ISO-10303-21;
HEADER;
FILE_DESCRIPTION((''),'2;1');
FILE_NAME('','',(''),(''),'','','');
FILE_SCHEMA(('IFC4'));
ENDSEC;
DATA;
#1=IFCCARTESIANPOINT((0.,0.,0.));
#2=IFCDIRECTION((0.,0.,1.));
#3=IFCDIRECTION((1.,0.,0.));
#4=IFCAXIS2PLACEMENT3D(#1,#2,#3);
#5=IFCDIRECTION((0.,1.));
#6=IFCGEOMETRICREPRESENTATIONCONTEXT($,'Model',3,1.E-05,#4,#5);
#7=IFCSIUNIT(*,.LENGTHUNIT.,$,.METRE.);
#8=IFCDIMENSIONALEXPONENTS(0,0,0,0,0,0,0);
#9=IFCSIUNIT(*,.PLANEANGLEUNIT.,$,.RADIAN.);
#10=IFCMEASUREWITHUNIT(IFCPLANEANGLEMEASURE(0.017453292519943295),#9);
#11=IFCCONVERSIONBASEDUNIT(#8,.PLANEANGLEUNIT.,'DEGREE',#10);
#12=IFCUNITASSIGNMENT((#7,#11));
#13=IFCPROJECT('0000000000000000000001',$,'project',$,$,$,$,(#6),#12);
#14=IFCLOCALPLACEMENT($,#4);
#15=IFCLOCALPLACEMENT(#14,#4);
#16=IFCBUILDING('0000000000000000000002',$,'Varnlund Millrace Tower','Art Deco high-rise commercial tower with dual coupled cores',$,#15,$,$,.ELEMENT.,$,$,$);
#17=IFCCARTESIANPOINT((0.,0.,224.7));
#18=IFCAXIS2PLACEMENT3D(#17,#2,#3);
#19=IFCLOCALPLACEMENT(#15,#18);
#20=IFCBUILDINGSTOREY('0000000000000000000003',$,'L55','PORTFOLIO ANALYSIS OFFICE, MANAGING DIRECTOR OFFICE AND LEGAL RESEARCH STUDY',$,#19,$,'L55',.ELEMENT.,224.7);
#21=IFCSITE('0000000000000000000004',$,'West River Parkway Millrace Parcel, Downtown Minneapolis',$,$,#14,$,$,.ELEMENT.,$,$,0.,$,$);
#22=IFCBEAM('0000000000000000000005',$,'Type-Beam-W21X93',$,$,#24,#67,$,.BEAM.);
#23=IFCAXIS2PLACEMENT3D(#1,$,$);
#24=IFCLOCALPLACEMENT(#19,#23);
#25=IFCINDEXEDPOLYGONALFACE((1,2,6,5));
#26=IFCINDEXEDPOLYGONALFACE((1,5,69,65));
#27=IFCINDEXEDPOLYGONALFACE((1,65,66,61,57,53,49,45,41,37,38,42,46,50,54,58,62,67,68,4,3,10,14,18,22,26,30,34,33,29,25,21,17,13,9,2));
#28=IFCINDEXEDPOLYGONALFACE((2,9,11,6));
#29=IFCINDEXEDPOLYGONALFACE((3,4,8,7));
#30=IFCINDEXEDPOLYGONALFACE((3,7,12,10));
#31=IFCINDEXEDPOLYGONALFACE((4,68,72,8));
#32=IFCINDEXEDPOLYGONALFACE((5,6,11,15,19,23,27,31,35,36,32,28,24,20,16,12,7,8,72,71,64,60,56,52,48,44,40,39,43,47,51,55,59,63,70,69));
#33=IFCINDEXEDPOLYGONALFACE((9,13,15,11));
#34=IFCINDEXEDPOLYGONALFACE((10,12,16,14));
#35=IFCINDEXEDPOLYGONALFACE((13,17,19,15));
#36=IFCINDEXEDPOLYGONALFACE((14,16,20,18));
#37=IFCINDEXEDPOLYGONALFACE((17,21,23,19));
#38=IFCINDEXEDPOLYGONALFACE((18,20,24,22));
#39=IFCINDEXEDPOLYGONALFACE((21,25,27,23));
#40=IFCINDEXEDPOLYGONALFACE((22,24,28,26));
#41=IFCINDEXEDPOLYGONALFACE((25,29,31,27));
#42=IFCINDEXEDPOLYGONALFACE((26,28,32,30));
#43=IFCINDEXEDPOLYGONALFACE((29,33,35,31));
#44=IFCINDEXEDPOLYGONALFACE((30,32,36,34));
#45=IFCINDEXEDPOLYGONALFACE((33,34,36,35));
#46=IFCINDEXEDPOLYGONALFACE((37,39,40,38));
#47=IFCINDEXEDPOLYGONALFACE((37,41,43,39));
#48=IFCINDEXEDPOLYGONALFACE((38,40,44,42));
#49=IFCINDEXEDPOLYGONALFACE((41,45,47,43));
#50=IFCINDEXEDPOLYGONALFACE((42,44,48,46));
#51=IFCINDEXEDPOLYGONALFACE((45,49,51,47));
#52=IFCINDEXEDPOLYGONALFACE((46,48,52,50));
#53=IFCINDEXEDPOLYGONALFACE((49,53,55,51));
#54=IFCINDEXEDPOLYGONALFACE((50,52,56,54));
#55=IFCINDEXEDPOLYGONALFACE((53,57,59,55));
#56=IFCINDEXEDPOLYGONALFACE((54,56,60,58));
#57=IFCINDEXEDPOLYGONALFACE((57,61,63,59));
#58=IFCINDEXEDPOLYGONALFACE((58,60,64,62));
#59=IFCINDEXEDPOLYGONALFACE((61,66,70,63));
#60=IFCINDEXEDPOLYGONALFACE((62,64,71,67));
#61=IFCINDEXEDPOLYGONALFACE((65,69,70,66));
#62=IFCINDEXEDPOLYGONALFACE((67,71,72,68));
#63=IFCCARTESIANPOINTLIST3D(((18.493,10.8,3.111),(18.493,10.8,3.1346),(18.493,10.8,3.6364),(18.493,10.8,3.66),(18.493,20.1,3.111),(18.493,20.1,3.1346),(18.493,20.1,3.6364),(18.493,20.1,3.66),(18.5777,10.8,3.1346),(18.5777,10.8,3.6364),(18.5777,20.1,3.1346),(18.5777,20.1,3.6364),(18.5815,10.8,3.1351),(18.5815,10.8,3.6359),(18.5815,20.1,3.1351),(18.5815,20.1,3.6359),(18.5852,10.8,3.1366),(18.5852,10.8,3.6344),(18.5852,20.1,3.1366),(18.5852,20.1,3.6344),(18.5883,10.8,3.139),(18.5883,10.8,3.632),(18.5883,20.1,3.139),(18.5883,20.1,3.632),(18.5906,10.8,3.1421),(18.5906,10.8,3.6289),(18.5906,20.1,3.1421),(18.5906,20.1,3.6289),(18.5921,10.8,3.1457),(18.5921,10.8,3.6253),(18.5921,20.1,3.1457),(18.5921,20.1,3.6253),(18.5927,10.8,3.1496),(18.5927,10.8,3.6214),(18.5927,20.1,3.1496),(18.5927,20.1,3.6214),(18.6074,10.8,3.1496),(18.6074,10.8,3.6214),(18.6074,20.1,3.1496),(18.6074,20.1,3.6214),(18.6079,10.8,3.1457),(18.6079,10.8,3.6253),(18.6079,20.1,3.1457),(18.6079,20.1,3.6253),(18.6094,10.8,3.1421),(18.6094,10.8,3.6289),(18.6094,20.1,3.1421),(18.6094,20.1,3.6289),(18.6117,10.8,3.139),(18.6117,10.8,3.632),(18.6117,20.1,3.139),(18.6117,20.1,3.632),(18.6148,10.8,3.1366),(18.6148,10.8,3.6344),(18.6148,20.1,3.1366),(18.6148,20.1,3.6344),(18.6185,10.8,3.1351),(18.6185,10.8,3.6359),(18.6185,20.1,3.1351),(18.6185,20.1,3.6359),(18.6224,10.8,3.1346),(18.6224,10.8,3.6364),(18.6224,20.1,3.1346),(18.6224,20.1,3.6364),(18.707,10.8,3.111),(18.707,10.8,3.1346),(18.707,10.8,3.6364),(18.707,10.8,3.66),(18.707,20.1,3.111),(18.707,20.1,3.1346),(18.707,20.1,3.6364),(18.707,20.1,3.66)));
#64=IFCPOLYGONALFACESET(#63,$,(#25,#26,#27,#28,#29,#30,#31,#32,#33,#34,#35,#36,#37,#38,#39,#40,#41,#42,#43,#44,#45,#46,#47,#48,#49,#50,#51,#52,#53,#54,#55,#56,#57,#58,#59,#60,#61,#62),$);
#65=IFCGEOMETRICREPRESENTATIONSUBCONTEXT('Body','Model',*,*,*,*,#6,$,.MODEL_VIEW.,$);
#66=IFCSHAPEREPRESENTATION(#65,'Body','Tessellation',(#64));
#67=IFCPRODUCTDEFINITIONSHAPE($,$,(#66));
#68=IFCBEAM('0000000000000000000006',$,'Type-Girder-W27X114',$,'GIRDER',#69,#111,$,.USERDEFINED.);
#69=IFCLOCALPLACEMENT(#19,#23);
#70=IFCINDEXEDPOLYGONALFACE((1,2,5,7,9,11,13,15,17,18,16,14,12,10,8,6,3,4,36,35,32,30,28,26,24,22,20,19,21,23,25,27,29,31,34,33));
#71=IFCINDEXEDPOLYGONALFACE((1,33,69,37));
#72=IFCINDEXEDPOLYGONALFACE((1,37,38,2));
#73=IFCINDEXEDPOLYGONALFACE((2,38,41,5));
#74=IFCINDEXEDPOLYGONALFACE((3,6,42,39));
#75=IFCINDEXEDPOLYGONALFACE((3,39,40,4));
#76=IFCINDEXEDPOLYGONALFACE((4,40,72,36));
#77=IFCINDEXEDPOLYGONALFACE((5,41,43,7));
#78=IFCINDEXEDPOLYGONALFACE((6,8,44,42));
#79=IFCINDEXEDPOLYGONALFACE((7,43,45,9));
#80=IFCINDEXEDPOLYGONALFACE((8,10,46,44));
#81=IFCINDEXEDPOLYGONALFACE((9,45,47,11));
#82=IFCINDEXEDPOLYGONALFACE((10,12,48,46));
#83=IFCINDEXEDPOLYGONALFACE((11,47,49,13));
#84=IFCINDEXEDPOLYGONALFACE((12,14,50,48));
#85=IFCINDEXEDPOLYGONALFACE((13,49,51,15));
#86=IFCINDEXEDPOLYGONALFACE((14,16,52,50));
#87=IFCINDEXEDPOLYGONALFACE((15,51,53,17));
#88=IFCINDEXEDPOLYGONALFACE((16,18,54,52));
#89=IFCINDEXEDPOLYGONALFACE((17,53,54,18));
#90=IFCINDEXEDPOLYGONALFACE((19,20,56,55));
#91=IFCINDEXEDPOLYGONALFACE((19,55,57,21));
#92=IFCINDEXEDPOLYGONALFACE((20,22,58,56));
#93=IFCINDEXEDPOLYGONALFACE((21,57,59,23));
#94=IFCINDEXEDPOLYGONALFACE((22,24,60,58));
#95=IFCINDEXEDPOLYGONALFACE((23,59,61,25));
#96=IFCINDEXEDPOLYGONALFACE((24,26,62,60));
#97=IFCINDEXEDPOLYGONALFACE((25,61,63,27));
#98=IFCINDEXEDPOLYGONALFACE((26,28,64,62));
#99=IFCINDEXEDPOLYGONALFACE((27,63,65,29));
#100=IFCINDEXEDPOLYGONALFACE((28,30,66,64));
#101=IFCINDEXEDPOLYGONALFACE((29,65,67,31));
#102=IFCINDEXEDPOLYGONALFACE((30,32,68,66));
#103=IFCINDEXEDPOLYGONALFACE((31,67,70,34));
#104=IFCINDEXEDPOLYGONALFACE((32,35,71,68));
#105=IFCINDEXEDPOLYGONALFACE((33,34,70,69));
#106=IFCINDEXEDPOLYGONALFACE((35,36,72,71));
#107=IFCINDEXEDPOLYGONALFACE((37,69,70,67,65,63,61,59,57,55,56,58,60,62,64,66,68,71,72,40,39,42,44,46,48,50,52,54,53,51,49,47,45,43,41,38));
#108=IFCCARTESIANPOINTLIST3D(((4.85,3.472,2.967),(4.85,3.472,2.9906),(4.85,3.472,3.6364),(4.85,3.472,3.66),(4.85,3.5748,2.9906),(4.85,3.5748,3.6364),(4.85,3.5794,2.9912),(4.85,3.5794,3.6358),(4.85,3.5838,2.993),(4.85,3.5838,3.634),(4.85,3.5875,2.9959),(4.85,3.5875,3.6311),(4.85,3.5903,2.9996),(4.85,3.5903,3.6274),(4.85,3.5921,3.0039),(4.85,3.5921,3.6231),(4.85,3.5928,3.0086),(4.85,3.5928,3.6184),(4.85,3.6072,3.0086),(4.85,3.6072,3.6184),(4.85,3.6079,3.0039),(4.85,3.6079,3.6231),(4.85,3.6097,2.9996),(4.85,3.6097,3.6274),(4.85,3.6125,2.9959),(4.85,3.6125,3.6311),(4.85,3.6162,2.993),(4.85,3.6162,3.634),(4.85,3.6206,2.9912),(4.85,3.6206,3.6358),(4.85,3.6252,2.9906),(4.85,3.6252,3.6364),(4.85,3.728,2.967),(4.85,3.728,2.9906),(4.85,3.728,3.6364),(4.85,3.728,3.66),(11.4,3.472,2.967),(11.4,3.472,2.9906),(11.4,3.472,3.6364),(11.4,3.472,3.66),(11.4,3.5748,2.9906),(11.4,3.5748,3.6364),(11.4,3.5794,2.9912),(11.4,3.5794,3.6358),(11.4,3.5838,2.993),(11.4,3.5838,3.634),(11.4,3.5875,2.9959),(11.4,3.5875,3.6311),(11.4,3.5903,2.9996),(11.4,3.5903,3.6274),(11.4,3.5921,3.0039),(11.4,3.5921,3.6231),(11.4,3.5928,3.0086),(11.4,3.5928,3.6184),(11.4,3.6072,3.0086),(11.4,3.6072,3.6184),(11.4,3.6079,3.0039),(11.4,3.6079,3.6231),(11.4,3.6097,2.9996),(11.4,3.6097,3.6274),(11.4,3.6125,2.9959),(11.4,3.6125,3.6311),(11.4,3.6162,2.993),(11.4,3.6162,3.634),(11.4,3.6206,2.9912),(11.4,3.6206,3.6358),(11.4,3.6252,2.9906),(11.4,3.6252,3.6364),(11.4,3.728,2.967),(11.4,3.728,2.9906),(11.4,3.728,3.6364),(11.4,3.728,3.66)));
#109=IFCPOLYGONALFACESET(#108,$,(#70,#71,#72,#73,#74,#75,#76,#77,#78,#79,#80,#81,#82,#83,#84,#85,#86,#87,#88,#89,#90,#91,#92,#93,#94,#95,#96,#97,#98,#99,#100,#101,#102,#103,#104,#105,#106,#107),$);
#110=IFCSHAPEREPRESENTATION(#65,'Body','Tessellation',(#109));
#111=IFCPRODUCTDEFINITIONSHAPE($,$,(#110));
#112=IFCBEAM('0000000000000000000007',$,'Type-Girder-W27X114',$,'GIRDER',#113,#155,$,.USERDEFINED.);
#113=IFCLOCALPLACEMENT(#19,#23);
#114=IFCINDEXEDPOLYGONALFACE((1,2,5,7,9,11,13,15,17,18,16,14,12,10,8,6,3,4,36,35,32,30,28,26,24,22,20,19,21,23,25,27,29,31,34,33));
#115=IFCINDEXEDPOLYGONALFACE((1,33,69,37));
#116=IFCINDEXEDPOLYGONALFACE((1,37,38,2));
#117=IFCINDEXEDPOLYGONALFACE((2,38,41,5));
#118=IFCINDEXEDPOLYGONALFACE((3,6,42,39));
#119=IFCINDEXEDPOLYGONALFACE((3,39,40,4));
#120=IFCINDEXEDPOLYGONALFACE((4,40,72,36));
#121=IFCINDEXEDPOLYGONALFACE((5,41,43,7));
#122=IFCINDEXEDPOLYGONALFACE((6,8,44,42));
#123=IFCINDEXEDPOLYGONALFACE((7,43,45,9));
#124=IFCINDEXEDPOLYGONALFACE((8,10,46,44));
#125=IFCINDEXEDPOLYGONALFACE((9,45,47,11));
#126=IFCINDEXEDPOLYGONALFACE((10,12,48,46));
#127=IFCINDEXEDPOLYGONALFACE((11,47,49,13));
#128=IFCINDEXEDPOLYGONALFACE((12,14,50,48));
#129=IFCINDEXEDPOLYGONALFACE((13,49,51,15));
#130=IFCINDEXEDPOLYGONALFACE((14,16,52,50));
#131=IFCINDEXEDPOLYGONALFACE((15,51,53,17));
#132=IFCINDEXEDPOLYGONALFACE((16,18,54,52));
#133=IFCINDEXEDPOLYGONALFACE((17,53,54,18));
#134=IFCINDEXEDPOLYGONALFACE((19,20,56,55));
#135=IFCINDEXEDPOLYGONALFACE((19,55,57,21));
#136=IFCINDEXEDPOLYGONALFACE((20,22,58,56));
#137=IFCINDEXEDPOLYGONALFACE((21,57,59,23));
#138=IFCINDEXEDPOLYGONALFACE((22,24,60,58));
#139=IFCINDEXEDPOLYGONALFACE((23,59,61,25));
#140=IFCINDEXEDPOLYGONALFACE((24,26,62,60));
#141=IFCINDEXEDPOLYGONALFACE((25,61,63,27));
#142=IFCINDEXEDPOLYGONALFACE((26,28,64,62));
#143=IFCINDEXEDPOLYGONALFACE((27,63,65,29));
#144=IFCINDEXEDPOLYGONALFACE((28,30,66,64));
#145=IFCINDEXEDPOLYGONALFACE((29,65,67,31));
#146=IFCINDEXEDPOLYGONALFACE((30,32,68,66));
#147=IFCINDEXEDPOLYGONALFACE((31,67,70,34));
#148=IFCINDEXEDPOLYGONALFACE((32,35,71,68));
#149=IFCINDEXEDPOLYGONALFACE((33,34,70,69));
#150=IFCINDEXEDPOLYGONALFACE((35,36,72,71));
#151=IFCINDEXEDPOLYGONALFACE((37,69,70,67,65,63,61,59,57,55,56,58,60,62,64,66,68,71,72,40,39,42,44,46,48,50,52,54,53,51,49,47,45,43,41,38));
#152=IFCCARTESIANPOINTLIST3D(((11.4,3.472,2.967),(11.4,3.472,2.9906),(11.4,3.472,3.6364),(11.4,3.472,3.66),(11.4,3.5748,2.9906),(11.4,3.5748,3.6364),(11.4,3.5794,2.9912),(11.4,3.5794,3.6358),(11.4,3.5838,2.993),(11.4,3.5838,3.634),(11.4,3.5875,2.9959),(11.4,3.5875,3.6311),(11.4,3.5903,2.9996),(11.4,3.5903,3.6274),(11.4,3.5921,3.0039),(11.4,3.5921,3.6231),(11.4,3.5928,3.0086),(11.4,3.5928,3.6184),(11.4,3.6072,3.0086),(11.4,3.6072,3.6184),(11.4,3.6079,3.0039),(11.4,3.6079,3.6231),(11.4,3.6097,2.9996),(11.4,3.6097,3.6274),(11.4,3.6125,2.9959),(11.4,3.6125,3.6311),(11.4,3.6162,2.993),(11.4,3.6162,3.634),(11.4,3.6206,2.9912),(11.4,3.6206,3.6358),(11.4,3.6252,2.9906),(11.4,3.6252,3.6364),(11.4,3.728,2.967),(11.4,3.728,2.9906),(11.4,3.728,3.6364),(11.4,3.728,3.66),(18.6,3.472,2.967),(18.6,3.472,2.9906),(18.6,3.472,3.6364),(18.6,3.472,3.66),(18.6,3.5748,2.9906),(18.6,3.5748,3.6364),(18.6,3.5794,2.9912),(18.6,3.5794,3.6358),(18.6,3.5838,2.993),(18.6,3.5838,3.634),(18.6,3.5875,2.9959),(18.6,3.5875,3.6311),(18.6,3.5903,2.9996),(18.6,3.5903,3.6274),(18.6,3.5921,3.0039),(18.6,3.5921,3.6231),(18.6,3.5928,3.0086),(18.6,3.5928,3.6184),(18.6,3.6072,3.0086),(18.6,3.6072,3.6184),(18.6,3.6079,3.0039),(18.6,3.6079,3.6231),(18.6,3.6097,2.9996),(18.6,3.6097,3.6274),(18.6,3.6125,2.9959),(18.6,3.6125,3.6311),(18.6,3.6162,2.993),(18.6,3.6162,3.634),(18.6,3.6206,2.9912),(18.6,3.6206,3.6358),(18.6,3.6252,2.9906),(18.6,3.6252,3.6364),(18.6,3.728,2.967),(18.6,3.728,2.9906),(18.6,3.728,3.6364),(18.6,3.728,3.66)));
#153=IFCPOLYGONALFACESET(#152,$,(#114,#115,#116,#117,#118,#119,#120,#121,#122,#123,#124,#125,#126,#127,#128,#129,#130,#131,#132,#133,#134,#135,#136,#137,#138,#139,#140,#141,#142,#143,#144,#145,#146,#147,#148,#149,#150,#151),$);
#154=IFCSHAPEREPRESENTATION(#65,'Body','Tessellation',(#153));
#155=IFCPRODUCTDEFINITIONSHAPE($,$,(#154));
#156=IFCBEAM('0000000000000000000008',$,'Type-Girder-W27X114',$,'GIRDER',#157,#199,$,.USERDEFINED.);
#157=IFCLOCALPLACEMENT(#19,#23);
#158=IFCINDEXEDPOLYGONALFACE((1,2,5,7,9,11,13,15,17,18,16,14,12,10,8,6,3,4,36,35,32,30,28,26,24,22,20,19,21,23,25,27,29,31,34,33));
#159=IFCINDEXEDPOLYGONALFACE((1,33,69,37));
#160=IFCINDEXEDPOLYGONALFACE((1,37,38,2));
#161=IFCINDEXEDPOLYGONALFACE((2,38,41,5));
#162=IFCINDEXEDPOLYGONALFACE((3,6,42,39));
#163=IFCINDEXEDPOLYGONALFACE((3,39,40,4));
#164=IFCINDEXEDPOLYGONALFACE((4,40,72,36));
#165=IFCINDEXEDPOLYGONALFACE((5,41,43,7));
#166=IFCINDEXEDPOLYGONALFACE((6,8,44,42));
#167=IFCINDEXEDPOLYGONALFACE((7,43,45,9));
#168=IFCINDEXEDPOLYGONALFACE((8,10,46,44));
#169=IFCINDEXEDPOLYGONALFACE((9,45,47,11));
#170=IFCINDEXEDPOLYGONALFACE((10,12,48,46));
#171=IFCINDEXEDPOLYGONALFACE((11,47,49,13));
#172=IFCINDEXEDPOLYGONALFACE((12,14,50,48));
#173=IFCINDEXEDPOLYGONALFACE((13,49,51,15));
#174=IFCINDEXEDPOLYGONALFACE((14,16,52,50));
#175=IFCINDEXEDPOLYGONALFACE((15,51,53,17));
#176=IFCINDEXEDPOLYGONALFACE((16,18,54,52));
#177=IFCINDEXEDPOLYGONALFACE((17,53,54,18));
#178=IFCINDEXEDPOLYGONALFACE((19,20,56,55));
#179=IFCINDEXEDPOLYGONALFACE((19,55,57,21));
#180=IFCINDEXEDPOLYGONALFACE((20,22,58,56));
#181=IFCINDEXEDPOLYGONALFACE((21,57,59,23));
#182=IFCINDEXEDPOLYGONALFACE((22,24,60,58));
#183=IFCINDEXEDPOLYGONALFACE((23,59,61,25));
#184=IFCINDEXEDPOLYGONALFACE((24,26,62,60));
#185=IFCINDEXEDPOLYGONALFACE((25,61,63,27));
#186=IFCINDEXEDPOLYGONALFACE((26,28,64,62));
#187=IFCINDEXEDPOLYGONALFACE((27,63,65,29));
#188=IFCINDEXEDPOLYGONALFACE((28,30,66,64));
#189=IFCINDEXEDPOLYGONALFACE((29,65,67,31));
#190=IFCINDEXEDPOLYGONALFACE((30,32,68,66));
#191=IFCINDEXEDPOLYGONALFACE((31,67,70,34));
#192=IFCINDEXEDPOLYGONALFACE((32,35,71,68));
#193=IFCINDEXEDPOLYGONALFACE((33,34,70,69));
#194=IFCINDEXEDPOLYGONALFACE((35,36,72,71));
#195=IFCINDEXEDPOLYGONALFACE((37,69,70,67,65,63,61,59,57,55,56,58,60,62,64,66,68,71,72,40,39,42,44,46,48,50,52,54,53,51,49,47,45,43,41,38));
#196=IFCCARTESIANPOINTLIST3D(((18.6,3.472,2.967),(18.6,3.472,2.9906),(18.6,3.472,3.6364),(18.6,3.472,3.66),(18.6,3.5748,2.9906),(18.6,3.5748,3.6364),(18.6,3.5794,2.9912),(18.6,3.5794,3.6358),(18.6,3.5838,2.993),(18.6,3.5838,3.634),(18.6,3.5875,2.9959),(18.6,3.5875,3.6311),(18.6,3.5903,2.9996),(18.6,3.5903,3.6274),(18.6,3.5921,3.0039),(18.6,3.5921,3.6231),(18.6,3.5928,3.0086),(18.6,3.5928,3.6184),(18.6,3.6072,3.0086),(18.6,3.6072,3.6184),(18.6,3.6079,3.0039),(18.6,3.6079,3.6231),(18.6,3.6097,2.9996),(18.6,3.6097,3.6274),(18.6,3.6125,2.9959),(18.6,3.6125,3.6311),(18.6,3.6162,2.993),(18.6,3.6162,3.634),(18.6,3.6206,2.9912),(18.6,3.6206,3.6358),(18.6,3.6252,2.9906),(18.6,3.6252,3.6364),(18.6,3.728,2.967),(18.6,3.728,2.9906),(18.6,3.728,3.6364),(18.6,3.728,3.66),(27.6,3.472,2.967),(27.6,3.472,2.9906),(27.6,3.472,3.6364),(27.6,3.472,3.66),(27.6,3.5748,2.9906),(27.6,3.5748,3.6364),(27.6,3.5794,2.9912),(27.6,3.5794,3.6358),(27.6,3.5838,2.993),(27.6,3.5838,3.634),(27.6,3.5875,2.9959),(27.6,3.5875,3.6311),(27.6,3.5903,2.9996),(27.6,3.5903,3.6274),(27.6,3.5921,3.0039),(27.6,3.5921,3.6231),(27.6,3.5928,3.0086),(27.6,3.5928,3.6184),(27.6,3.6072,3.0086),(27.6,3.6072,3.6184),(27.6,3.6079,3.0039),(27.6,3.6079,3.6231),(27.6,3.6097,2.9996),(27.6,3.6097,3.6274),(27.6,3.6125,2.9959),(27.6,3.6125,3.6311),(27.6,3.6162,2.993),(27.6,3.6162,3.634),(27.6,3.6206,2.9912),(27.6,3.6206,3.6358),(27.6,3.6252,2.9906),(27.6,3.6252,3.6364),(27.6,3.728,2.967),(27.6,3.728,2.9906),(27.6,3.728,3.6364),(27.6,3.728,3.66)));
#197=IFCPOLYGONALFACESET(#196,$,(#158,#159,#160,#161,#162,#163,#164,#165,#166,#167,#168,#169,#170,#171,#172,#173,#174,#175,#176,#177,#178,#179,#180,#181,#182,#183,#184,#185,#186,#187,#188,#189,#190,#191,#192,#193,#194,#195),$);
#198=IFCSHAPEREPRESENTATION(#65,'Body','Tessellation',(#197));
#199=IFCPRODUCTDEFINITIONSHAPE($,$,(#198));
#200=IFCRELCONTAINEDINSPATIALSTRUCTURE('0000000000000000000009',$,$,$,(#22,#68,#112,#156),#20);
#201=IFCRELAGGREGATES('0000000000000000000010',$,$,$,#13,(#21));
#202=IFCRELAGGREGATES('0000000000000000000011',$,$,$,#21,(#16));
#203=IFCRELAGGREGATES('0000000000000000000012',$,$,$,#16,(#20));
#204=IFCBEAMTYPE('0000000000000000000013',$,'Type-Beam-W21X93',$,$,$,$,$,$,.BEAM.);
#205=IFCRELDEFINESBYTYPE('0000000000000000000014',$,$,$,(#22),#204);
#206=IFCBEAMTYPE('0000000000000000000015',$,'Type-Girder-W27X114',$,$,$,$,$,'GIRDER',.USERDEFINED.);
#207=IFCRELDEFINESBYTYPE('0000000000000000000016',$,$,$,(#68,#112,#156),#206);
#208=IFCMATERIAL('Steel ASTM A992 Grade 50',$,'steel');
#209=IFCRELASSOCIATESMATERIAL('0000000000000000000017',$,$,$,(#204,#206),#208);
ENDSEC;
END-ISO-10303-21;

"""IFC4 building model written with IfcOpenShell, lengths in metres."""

from ifc_helpers import new_model, entity, si_unit, converted_unit, direction, frame, origin_with_axes, origin_2d_with_axis, place, context, subcontext, project, spatial, i_section, extrude, material, material_profile, profile_set, type_object, element, save


model = new_model("IFC4")

# Units and contexts
model_context = context("Model", 3, precision=1e-05, world=origin_with_axes(), true_north=direction((0.0, 1.0)))
body_context = subcontext(model_context, "Body", "Model", "MODEL_VIEW")
ifc_project = project(units=[si_unit("LENGTHUNIT", "METRE"), converted_unit("PLANEANGLEUNIT", "DEGREE", entity("IfcPlaneAngleMeasure", 0.017453292519943295), si_unit("PLANEANGLEUNIT", "RADIAN"), dimensions=[0, 0, 0, 0, 0, 0, 0])], contexts=[model_context])

# Site, building, storey
site_placement = place(None, origin_with_axes())
site = spatial("IfcSite", under=ifc_project, at=site_placement, Name="West River Parkway Millrace Parcel, Downtown Minneapolis", CompositionType="ELEMENT", RefElevation=0.0)
building_placement = place(site_placement, origin_with_axes())
building = spatial("IfcBuilding", under=site, at=building_placement, Name="Varnlund Millrace Tower", Description="Art Deco high-rise commercial tower with dual coupled cores", CompositionType="ELEMENT")
storey_placement = place(building_placement, frame((0.0, 0.0, 224.7), z_axis=(0.0, 0.0, 1.0), x_axis=(1.0, 0.0, 0.0)))
storey = spatial("IfcBuildingStorey", under=building, at=storey_placement, Name="L55", Description="PORTFOLIO ANALYSIS OFFICE, MANAGING DIRECTOR OFFICE AND LEGAL RESEARCH STUDY", LongName="L55", CompositionType="ELEMENT", Elevation=224.7)

# Beams
ifc_material_1 = material(Name="Steel ASTM A992 Grade 50", Category="steel")
ifc_material_profile_1 = material_profile(ifc_material_1, i_section(OverallWidth=0.214, OverallDepth=0.549, WebThickness=0.0147, FlangeThickness=0.0236, FilletRadius=0.015, at=origin_2d_with_axis()), Name="Steel ASTM A992 Grade 50")
ifc_profile_set_1 = profile_set([ifc_material_profile_1], Name="Steel ASTM A992 Grade 50")
beam_type_1 = type_object("IfcBeamType", Name="Type-Beam-W21X93", PredefinedType="BEAM", material=ifc_profile_set_1)
beam_1_placement = place(storey_placement, frame((18.6, 10.8, 3.3855), z_axis=(0.0, 1.0, 0.0), x_axis=(-1.0, 0.0, 0.0)))
element("IfcBeam", 1, at=beam_1_placement, inside=storey, type_object=beam_type_1, Name="Type-Beam-W21X93", PredefinedType="BEAM", context=body_context, shape_type="SweptSolid", body=[
    extrude(i_section(OverallWidth=0.214, OverallDepth=0.549, WebThickness=0.0147, FlangeThickness=0.0236, FilletRadius=0.015, at=origin_2d_with_axis()), origin_with_axes(), (0.0, 0.0, 1.0), 9.3),
])
ifc_material_profile_2 = material_profile(ifc_material_1, i_section(OverallWidth=0.256, OverallDepth=0.693, WebThickness=0.0145, FlangeThickness=0.0236, FilletRadius=0.018, at=origin_2d_with_axis()), Name="Steel ASTM A992 Grade 50")
ifc_profile_set_2 = profile_set([ifc_material_profile_2], Name="Steel ASTM A992 Grade 50")
beam_type_2 = type_object("IfcBeamType", Name="Type-Girder-W27X114", ElementType="GIRDER", PredefinedType="USERDEFINED", material=ifc_profile_set_2)
beam_2_placement = place(storey_placement, frame((4.85, 3.6, 3.3135), z_axis=(1.0, 0.0, 0.0), x_axis=(0.0, 1.0, 0.0)))
element("IfcBeam", 2, at=beam_2_placement, inside=storey, type_object=beam_type_2, Name="Type-Girder-W27X114", ObjectType="GIRDER", PredefinedType="USERDEFINED", context=body_context, shape_type="SweptSolid", body=[
    extrude(i_section(OverallWidth=0.256, OverallDepth=0.693, WebThickness=0.0145, FlangeThickness=0.0236, FilletRadius=0.018, at=origin_2d_with_axis()), origin_with_axes(), (0.0, 0.0, 1.0), 6.55),
])
beam_3_placement = place(storey_placement, frame((11.4, 3.6, 3.3135), z_axis=(1.0, 0.0, 0.0), x_axis=(0.0, 1.0, 0.0)))
element("IfcBeam", 3, at=beam_3_placement, inside=storey, type_object=beam_type_2, Name="Type-Girder-W27X114", ObjectType="GIRDER", PredefinedType="USERDEFINED", context=body_context, shape_type="SweptSolid", body=[
    extrude(i_section(OverallWidth=0.256, OverallDepth=0.693, WebThickness=0.0145, FlangeThickness=0.0236, FilletRadius=0.018, at=origin_2d_with_axis()), origin_with_axes(), (0.0, 0.0, 1.0), 7.2),
])
beam_4_placement = place(storey_placement, frame((18.6, 3.6, 3.3135), z_axis=(1.0, 0.0, 0.0), x_axis=(0.0, 1.0, 0.0)))
element("IfcBeam", 4, at=beam_4_placement, inside=storey, type_object=beam_type_2, Name="Type-Girder-W27X114", ObjectType="GIRDER", PredefinedType="USERDEFINED", context=body_context, shape_type="SweptSolid", body=[
    extrude(i_section(OverallWidth=0.256, OverallDepth=0.693, WebThickness=0.0145, FlangeThickness=0.0236, FilletRadius=0.018, at=origin_2d_with_axis()), origin_with_axes(), (0.0, 0.0, 1.0), 9.0),
])

save(model, "model.ifc")
